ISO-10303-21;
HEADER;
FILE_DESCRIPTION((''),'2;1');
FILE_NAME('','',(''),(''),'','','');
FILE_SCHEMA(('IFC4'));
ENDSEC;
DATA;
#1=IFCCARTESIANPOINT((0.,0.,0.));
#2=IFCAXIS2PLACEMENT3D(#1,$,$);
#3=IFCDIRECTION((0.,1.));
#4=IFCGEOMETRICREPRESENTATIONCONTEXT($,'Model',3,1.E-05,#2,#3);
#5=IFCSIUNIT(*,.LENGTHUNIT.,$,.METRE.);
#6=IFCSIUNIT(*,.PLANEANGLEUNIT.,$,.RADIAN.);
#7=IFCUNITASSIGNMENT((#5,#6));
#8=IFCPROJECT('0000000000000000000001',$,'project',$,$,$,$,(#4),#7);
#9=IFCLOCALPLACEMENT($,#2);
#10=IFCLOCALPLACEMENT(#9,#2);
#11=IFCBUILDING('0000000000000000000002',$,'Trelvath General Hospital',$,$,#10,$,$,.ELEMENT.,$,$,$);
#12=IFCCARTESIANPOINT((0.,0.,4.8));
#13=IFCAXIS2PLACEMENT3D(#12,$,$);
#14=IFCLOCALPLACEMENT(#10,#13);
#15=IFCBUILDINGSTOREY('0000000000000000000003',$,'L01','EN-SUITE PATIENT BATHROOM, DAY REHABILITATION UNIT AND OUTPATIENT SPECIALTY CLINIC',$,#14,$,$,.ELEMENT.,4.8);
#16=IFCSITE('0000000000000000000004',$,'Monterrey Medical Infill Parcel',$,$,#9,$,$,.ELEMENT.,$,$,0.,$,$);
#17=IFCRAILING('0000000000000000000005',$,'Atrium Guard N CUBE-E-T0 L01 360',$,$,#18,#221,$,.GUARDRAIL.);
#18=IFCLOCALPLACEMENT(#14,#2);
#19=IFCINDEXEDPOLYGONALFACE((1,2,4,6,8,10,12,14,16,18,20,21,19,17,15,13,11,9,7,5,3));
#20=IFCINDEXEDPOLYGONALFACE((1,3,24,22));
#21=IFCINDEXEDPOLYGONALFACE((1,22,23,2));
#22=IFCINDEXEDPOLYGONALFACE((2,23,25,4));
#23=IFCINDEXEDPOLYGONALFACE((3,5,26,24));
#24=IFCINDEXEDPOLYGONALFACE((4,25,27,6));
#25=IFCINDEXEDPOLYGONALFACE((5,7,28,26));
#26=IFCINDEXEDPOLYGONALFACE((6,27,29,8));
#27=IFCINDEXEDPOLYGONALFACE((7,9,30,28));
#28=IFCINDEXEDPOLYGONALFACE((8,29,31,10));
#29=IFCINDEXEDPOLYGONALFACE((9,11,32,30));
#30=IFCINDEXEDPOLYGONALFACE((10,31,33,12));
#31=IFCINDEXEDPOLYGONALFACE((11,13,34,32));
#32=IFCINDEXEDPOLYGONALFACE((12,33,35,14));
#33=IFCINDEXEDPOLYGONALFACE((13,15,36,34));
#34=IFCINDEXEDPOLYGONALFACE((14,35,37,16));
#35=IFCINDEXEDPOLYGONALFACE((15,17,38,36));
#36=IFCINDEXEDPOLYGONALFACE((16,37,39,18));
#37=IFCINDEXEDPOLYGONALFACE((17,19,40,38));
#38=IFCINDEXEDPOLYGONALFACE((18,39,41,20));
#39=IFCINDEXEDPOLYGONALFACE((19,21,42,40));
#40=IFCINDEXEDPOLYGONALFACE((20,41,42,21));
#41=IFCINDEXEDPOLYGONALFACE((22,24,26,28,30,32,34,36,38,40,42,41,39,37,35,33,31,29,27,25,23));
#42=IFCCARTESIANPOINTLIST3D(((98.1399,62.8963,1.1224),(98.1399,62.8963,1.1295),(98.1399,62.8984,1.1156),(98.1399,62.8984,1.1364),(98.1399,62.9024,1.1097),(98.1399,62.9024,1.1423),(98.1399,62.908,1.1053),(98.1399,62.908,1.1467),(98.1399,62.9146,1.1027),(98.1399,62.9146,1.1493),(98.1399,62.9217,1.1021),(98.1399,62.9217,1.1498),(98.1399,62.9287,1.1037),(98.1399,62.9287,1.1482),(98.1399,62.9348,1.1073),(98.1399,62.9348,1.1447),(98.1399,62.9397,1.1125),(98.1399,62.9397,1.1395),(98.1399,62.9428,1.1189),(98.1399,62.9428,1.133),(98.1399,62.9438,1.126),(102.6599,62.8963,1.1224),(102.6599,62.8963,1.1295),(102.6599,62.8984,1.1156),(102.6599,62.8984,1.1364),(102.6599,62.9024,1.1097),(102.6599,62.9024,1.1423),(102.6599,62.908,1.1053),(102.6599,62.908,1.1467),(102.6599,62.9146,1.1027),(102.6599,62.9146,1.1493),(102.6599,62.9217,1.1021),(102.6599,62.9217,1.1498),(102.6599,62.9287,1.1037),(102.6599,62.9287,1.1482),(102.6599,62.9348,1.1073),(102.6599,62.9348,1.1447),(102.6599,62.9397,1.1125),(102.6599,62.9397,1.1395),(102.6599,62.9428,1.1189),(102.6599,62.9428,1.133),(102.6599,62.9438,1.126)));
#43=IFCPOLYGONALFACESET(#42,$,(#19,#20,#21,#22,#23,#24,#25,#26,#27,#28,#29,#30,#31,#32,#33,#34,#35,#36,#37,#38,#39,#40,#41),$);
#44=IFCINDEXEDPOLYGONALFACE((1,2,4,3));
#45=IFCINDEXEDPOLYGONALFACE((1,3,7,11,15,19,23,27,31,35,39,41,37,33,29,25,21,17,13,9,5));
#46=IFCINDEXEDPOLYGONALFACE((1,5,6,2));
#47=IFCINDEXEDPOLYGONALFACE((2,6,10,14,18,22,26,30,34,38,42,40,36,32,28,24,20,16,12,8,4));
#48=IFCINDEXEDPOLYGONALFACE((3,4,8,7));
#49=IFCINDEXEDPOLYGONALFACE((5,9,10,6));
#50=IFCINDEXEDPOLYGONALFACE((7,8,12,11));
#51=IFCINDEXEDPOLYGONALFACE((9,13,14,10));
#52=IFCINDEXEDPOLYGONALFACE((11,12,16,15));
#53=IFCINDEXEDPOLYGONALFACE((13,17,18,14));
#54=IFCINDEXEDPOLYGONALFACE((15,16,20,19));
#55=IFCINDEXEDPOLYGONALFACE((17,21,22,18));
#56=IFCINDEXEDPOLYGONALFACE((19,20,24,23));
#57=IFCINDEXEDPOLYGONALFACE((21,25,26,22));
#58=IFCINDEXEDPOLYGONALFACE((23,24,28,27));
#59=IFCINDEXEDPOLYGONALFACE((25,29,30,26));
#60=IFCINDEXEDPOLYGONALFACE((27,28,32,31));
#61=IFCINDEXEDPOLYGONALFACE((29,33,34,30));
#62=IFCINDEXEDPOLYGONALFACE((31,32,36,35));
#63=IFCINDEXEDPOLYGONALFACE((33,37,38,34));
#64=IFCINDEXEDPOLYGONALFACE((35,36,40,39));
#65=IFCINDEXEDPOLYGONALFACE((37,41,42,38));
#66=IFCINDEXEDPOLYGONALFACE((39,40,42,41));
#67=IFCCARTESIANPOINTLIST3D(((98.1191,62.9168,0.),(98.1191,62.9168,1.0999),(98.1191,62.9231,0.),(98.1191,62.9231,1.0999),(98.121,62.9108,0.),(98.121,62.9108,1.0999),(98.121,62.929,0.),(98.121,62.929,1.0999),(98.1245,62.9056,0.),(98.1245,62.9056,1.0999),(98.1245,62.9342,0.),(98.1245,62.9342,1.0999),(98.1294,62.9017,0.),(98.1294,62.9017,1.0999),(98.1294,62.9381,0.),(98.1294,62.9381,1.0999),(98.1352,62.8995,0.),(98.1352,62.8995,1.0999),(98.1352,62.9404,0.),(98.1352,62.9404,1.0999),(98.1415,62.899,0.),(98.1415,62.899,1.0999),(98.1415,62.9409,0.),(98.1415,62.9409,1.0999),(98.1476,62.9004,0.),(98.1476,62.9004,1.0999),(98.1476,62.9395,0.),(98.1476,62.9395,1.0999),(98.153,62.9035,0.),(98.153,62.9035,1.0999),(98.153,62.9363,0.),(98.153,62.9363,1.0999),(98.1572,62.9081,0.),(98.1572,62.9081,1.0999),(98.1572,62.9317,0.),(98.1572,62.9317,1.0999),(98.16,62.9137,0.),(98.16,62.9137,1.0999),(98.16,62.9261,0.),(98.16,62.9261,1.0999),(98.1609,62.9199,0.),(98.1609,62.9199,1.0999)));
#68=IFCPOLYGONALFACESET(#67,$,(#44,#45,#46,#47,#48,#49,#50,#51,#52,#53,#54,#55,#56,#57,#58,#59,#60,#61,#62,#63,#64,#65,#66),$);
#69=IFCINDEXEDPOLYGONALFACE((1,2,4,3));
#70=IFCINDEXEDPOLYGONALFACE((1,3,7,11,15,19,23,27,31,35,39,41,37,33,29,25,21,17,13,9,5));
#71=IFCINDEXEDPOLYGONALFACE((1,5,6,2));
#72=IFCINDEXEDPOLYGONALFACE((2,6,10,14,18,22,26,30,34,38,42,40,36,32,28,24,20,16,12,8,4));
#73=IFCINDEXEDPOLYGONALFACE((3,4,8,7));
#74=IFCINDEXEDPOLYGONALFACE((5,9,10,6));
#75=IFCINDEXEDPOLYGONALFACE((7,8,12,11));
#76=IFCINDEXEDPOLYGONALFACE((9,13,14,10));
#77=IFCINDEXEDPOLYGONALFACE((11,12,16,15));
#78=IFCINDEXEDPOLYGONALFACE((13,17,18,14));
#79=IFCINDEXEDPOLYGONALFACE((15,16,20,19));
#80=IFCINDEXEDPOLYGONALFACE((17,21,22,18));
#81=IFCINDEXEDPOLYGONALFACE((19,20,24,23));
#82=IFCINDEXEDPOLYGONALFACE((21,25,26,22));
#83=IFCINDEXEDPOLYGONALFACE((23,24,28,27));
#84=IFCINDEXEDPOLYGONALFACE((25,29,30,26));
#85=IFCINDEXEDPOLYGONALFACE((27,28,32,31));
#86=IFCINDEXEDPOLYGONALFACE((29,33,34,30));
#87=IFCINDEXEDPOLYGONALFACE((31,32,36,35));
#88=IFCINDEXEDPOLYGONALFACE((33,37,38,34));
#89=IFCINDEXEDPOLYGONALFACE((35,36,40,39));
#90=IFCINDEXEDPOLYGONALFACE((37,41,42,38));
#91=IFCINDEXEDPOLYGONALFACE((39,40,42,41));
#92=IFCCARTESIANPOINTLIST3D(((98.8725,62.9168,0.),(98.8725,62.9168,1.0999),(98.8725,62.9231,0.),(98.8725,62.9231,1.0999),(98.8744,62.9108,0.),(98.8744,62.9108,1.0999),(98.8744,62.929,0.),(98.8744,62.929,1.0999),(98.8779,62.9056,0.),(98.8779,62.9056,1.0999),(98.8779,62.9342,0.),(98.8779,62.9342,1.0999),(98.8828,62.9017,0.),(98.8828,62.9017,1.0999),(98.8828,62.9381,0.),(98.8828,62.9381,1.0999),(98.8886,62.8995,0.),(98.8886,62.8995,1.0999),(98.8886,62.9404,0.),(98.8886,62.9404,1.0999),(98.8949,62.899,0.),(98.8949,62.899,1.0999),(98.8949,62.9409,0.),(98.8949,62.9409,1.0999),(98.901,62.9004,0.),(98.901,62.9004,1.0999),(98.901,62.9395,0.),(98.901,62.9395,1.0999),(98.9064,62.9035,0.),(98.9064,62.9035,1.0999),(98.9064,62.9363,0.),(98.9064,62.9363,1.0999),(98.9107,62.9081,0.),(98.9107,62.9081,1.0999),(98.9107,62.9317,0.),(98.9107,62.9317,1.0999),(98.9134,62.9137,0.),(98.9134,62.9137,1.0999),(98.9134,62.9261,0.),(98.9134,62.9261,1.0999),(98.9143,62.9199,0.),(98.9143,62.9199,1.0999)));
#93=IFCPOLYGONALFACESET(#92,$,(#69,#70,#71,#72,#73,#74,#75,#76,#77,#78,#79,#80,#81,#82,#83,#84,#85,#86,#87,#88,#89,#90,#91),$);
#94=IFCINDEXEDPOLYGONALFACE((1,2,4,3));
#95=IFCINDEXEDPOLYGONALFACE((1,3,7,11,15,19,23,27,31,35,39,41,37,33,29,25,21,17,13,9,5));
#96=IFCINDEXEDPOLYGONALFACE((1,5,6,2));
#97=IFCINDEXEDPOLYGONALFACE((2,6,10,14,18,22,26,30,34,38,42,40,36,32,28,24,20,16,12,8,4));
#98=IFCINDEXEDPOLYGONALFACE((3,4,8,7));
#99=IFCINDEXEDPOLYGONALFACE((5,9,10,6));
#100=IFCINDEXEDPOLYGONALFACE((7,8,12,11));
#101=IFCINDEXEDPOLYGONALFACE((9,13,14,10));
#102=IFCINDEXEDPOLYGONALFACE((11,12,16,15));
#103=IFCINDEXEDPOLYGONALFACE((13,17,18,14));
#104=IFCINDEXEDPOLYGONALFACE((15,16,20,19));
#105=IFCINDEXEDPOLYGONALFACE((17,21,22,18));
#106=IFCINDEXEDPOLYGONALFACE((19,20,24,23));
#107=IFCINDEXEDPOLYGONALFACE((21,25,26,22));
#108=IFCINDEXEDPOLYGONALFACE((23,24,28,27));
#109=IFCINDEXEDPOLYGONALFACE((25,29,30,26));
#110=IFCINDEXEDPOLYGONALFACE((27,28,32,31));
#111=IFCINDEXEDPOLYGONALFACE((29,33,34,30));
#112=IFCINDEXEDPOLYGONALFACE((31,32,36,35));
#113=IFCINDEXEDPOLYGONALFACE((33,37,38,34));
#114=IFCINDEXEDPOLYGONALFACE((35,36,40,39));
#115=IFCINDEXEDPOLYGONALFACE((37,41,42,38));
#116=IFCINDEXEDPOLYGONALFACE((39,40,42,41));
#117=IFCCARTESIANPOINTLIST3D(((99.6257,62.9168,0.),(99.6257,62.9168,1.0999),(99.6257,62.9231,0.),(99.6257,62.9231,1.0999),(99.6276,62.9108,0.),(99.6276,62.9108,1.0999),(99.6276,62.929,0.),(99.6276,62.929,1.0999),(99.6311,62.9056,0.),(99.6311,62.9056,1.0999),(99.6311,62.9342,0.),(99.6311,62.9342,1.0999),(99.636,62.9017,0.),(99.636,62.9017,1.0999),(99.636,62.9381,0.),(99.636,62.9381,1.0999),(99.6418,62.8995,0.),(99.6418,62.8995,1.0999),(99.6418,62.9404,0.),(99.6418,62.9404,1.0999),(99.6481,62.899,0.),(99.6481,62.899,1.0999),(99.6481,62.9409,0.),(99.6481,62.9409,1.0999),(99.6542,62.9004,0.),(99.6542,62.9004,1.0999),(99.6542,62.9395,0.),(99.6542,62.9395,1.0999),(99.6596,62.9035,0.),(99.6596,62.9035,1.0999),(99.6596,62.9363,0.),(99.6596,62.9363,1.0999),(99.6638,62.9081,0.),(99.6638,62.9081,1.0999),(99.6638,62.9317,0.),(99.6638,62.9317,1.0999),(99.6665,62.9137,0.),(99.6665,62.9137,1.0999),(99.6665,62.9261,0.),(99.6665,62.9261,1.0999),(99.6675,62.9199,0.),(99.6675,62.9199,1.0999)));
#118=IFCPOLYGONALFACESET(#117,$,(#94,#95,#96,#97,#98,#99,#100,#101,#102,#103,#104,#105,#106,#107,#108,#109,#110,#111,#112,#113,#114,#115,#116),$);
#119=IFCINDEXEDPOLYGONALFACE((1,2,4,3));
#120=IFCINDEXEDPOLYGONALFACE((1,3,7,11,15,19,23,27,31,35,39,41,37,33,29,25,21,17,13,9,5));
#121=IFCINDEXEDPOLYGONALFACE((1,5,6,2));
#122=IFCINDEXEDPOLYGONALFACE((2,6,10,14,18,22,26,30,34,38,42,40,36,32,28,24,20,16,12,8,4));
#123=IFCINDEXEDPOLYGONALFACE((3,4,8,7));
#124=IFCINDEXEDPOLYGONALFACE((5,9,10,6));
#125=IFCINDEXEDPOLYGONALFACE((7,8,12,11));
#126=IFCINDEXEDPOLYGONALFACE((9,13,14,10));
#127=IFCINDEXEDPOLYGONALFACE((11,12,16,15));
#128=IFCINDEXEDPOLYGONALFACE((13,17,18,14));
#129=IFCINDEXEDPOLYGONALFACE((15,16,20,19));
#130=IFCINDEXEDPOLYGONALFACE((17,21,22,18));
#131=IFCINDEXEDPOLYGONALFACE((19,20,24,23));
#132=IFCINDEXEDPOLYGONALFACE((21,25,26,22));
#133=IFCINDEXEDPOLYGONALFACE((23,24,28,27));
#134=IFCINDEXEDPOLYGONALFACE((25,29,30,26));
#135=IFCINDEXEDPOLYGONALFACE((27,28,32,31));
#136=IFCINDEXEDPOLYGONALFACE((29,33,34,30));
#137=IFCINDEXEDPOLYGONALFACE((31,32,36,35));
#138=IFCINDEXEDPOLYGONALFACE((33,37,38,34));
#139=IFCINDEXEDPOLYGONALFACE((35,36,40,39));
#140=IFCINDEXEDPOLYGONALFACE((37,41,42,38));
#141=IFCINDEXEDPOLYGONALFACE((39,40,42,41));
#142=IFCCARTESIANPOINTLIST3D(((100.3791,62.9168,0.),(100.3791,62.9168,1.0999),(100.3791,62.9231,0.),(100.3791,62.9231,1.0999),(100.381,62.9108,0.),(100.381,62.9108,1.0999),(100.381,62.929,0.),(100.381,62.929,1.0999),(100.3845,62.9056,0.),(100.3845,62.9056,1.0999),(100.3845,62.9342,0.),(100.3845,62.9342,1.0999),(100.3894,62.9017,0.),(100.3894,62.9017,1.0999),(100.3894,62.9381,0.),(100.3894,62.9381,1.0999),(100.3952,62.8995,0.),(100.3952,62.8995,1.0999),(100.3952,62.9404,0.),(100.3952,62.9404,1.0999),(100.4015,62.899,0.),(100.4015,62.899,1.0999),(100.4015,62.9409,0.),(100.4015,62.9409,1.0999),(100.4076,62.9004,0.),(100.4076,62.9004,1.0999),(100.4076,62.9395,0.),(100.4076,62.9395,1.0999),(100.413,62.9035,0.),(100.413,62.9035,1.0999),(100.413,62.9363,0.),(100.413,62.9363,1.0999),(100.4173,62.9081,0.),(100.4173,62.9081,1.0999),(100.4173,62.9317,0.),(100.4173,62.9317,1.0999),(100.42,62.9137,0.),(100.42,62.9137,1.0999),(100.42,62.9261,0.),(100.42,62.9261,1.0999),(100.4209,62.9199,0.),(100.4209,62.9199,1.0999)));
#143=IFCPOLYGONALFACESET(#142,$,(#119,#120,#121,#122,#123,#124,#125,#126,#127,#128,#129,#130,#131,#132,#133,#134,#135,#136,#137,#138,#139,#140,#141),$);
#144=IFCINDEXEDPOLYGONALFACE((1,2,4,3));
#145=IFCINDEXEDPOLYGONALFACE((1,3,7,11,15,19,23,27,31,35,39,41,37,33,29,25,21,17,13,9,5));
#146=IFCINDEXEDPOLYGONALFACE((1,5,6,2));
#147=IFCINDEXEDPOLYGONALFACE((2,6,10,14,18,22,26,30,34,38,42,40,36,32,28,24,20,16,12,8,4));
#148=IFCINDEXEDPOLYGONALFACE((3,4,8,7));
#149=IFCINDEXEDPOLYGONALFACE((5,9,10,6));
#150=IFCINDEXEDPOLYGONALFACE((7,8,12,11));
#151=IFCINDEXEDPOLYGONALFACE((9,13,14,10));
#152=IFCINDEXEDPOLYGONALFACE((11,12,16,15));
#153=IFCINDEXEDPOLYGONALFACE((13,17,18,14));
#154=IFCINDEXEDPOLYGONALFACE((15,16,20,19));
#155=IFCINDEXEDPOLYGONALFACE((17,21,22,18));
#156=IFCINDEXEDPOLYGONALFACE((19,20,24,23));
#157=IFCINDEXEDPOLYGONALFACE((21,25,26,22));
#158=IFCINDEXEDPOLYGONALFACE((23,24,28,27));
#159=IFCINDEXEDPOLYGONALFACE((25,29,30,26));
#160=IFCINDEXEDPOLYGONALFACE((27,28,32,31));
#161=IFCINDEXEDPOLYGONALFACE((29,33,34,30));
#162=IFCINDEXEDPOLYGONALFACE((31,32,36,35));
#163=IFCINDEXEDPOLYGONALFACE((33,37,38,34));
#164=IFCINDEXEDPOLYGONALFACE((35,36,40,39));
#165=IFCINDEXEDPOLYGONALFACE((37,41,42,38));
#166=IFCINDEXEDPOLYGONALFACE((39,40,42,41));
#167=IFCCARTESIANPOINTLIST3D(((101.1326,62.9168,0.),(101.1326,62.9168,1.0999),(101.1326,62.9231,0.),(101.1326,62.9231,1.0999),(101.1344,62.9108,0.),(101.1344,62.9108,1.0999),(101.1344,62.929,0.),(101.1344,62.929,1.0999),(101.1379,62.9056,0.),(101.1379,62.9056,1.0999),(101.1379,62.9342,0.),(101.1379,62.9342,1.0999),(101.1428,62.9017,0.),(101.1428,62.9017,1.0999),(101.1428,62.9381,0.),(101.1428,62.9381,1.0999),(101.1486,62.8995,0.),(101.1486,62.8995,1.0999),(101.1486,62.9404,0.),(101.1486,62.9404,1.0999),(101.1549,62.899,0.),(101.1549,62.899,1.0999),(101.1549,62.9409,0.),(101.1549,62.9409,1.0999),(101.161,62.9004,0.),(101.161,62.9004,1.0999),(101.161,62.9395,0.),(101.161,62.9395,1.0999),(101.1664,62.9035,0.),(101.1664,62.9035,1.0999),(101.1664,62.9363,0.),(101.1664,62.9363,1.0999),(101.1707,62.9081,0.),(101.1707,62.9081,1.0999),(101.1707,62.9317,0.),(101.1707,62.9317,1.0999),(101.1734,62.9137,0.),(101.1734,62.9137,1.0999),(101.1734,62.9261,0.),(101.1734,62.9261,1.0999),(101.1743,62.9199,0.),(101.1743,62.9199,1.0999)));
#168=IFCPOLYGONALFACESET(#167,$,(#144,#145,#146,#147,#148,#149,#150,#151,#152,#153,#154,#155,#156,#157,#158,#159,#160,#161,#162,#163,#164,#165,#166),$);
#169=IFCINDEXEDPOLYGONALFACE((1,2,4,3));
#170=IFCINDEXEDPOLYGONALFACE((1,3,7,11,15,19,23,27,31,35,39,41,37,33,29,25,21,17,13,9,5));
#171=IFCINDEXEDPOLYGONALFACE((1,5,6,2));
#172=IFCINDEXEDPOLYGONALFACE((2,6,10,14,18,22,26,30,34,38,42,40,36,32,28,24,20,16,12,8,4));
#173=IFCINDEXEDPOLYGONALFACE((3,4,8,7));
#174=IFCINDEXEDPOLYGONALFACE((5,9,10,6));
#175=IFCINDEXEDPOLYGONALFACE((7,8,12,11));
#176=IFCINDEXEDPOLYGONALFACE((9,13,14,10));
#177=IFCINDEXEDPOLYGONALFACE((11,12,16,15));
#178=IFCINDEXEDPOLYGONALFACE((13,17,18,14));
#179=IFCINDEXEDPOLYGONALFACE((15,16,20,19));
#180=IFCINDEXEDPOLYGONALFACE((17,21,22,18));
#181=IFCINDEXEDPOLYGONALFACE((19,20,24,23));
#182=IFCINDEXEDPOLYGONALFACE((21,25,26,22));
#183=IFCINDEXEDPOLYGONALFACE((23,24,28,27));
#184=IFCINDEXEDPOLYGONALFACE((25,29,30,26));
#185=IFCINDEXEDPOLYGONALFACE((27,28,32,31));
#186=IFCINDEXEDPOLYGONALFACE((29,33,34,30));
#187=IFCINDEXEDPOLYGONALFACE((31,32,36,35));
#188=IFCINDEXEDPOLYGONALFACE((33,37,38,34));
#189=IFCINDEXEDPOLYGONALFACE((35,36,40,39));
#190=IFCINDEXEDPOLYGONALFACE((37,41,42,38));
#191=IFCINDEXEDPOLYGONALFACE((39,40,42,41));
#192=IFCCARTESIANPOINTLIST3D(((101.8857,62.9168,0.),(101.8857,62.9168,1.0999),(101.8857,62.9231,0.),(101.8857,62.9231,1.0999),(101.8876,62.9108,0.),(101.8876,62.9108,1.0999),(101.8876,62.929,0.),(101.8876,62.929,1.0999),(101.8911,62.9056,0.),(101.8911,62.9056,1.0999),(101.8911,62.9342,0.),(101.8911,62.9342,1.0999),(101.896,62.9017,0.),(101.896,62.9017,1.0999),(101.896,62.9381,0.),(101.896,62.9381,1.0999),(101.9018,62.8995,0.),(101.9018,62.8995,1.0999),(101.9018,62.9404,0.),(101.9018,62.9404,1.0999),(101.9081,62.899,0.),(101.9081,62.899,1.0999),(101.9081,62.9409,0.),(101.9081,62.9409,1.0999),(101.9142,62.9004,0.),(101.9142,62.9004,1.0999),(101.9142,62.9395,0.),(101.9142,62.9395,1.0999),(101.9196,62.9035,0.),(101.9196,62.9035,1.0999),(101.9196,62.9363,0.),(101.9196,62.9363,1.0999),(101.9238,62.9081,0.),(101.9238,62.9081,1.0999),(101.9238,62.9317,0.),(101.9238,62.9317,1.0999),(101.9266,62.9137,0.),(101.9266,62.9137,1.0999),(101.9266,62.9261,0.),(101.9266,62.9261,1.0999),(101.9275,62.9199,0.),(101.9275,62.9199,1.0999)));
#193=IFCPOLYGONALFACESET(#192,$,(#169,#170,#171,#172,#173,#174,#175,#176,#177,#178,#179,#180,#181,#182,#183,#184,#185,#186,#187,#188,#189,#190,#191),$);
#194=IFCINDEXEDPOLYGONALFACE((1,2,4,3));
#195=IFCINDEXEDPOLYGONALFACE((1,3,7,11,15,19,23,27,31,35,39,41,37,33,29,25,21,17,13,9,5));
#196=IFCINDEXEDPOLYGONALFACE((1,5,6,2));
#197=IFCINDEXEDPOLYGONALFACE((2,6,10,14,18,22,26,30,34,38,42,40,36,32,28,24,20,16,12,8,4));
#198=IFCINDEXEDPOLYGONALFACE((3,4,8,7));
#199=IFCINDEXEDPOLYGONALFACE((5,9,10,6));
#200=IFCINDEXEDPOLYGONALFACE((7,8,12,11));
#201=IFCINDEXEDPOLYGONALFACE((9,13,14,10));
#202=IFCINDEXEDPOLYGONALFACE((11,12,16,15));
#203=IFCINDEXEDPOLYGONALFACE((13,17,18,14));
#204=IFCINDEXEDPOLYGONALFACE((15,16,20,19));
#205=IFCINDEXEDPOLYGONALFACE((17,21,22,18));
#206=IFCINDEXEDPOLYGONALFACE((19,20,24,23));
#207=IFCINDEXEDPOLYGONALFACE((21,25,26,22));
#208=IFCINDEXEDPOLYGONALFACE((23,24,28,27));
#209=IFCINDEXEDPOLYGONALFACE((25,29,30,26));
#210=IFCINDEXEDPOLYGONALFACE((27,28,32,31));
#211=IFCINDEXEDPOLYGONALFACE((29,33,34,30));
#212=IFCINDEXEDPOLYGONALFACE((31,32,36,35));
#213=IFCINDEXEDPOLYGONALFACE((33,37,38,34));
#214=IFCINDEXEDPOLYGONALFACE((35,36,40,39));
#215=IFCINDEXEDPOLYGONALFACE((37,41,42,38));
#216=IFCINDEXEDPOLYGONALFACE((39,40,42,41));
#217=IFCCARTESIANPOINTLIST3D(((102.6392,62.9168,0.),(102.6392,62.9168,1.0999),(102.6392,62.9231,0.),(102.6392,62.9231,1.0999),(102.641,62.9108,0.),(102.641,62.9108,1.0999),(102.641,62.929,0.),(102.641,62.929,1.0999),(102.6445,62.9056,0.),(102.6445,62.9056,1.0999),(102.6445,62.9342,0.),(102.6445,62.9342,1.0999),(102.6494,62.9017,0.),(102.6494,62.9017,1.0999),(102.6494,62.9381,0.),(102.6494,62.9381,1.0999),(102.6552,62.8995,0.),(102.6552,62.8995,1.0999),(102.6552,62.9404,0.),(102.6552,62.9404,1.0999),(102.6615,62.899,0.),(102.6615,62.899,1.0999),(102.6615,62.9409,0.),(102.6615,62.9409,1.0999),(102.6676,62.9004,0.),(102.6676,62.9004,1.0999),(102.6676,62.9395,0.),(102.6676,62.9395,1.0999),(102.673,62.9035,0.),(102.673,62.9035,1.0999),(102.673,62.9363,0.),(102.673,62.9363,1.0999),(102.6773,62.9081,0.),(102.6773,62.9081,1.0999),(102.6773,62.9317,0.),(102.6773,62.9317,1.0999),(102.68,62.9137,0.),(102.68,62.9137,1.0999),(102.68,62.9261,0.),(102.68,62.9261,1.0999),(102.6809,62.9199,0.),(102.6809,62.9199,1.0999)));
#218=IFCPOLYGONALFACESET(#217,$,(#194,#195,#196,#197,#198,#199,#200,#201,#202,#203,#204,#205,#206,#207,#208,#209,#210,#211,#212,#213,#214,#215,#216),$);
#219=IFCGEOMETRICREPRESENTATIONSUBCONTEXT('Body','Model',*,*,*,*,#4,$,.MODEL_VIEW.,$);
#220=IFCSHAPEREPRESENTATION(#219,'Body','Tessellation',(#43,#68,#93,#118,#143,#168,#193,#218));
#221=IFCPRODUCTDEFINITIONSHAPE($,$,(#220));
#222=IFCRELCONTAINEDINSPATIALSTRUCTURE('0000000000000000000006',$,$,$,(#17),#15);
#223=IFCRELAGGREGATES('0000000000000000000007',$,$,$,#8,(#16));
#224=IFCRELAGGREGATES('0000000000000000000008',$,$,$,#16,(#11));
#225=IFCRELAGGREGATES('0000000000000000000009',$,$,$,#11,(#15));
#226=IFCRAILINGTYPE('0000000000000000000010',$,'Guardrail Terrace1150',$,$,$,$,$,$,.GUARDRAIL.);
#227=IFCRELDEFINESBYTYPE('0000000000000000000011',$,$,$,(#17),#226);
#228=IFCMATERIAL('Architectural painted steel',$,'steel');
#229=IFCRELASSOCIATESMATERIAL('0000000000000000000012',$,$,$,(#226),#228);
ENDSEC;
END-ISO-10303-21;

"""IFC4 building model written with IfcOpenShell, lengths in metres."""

from ifc_helpers import new_model, si_unit, direction, frame, origin, origin_2d, place, context, subcontext, project, spatial, circle, extrude, material, type_object, element, save


model = new_model("IFC4")

# Units and contexts
model_context = context("Model", 3, precision=1e-05, world=origin(), true_north=direction((0.0, 1.0)))
body_context = subcontext(model_context, "Body", "Model", "MODEL_VIEW")
ifc_project = project(units=[si_unit("LENGTHUNIT", "METRE"), si_unit("PLANEANGLEUNIT", "RADIAN")], contexts=[model_context])

# Site, building, storey
site_placement = place(None, origin())
site = spatial("IfcSite", under=ifc_project, at=site_placement, Name="Monterrey Medical Infill Parcel", CompositionType="ELEMENT", RefElevation=0.0)
building_placement = place(site_placement, origin())
building = spatial("IfcBuilding", under=site, at=building_placement, Name="Trelvath General Hospital", CompositionType="ELEMENT")
storey_placement = place(building_placement, frame((0.0, 0.0, 4.8)))
storey = spatial("IfcBuildingStorey", under=building, at=storey_placement, Name="L01", Description="EN-SUITE PATIENT BATHROOM, DAY REHABILITATION UNIT AND OUTPATIENT SPECIALTY CLINIC", CompositionType="ELEMENT", Elevation=4.8)

# Railing
ifc_material_1 = material(Name="Architectural painted steel", Category="steel")
railing_type = type_object("IfcRailingType", Name="Guardrail Terrace1150", PredefinedType="GUARDRAIL", material=ifc_material_1)
railing_1_placement = place(storey_placement, frame((98.1399, 62.9199, 0.0)))
element("IfcRailing", 1, at=railing_1_placement, inside=storey, type_object=railing_type, Name="Atrium Guard N CUBE-E-T0 L01 360", PredefinedType="GUARDRAIL", context=body_context, shape_type="SweptSolid", body=[
    extrude(circle(Radius=0.0239, at=origin_2d()), frame((0.0, 0.0, 1.126), z_axis=(1.0, 0.0, 0.0), x_axis=(0.0, 1.0, 0.0)), (0.0, 0.0, 1.0), 4.52),
    extrude(circle(Radius=0.021, at=origin_2d()), origin(), (0.0, 0.0, 1.0), 1.0999),
    extrude(circle(Radius=0.021, at=origin_2d()), frame((0.7534, 0.0, 0.0)), (0.0, 0.0, 1.0), 1.0999),
    extrude(circle(Radius=0.021, at=origin_2d()), frame((1.5066, 0.0, 0.0)), (0.0, 0.0, 1.0), 1.0999),
    extrude(circle(Radius=0.021, at=origin_2d()), frame((2.26, 0.0, 0.0)), (0.0, 0.0, 1.0), 1.0999),
    extrude(circle(Radius=0.021, at=origin_2d()), frame((3.0134, 0.0, 0.0)), (0.0, 0.0, 1.0), 1.0999),
    extrude(circle(Radius=0.021, at=origin_2d()), frame((3.7666, 0.0, 0.0)), (0.0, 0.0, 1.0), 1.0999),
    extrude(circle(Radius=0.021, at=origin_2d()), frame((4.52, 0.0, 0.0)), (0.0, 0.0, 1.0), 1.0999),
])

save(model, "model.ifc")
